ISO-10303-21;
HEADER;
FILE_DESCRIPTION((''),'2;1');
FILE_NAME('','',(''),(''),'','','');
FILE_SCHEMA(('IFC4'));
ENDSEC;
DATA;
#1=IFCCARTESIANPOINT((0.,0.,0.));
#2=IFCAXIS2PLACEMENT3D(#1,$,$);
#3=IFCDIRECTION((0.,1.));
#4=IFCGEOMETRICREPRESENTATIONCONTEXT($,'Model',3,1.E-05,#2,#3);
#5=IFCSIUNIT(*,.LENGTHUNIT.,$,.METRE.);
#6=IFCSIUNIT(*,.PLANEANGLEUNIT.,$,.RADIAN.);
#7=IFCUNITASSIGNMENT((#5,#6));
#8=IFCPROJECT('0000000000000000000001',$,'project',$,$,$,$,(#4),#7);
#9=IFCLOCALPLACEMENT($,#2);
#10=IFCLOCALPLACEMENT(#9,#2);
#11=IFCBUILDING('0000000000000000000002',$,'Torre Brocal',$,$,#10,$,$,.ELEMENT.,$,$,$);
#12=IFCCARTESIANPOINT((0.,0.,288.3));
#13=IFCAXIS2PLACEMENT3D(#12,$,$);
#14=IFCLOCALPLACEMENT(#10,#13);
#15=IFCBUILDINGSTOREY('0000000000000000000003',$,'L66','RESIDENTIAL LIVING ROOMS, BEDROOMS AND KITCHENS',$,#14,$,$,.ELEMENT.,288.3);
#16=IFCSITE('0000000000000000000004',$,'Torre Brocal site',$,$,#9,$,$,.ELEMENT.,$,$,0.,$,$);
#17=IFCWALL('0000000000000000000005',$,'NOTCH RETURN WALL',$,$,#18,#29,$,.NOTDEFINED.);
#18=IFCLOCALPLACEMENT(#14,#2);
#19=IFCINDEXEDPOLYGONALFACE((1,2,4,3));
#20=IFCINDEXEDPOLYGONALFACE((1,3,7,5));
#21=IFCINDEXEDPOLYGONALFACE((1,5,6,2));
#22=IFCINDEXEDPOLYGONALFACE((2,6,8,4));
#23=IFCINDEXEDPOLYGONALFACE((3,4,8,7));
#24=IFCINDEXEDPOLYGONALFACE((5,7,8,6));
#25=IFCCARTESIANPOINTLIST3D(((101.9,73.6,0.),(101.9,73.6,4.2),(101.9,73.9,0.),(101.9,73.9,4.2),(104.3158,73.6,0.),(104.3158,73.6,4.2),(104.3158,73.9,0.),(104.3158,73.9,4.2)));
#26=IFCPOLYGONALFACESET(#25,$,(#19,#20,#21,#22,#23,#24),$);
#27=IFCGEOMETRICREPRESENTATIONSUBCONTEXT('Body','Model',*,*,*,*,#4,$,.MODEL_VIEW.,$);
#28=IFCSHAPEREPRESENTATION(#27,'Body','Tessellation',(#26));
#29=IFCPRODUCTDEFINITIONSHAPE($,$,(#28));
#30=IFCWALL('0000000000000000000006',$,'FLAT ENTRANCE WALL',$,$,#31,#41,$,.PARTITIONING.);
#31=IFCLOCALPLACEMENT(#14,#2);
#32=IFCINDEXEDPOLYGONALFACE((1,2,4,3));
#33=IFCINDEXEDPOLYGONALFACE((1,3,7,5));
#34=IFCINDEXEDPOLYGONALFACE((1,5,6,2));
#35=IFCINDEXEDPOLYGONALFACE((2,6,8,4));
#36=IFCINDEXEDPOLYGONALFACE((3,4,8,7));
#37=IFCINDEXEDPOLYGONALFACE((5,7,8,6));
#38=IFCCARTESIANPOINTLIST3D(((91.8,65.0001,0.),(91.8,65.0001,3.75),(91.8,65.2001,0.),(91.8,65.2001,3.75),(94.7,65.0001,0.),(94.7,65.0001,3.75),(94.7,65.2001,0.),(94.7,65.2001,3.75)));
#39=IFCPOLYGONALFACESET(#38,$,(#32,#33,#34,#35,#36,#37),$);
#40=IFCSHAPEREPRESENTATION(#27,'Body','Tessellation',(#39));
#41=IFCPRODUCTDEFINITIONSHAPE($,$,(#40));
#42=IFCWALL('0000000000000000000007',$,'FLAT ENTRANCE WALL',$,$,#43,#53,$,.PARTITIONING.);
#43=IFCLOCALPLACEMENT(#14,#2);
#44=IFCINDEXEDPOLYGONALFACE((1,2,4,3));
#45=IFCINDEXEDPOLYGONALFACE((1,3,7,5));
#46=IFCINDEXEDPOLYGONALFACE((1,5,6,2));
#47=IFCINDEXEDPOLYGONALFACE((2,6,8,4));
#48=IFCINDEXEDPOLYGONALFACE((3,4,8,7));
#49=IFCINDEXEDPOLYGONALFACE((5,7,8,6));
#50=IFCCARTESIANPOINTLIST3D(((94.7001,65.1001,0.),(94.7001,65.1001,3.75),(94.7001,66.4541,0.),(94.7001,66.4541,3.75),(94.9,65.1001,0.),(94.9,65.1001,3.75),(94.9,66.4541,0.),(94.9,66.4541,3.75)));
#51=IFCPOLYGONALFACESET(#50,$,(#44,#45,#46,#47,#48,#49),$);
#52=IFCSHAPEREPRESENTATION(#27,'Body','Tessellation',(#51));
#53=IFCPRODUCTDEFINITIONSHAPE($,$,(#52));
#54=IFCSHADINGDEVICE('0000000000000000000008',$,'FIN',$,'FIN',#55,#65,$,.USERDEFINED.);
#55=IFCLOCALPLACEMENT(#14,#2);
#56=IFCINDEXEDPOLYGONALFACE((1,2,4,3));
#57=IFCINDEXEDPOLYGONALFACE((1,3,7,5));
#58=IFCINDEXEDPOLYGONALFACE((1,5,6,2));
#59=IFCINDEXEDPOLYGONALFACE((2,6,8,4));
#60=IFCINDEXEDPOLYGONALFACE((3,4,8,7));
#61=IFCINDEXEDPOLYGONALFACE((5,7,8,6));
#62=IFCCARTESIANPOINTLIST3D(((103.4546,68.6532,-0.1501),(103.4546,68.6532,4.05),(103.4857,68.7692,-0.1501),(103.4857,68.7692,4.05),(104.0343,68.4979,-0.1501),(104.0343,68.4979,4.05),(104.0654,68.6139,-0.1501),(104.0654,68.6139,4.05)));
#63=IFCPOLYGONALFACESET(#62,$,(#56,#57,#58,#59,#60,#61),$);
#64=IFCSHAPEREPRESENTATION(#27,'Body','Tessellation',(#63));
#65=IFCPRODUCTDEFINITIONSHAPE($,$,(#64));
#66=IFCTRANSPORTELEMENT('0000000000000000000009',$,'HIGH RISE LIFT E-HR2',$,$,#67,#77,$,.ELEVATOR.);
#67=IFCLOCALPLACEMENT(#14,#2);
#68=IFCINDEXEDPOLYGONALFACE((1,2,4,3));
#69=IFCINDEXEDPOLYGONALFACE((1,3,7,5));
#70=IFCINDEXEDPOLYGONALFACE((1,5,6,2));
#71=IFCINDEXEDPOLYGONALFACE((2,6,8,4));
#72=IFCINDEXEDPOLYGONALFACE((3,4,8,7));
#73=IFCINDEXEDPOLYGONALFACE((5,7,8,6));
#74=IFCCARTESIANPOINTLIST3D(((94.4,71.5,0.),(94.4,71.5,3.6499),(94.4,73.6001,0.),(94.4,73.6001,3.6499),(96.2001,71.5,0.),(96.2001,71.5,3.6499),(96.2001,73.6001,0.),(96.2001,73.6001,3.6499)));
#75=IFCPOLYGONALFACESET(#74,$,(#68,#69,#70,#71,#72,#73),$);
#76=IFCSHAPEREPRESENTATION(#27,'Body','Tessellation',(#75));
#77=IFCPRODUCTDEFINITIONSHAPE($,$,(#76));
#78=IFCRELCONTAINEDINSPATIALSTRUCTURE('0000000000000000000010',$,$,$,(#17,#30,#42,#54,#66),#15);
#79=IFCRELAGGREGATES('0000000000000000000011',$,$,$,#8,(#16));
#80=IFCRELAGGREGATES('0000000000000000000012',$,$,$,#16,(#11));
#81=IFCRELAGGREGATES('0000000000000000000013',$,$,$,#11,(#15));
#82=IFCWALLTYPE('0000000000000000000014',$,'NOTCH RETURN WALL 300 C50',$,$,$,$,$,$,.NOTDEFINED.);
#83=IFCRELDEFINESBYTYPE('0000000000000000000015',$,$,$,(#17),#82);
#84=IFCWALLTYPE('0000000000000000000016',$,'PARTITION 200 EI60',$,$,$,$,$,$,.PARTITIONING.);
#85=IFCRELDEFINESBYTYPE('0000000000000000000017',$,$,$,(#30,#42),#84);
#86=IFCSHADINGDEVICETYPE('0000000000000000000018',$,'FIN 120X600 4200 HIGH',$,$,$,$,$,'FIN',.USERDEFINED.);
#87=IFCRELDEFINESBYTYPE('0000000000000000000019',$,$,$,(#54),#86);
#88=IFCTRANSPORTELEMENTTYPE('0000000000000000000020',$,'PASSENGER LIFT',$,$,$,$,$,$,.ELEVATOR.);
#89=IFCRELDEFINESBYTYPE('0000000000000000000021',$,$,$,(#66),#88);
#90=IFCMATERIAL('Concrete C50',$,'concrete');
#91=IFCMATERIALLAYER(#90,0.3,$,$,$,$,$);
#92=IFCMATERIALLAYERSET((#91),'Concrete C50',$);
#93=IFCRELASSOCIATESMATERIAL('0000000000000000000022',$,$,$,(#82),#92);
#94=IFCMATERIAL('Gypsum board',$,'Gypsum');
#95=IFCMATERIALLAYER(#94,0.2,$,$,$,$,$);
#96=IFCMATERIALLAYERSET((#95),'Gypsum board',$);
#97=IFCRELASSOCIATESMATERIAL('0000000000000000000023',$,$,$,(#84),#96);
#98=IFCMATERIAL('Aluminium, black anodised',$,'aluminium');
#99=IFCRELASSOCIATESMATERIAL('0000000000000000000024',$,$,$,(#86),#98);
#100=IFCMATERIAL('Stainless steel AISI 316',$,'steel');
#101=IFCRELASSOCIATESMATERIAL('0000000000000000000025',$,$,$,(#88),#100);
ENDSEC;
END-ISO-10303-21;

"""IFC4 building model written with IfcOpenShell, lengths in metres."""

from ifc_helpers import new_model, si_unit, direction, frame, frame_2d, origin, origin_2d, place, context, subcontext, project, spatial, rectangle, extrude, material, layer, layer_set, material_profile, profile_set, type_object, element, save


model = new_model("IFC4")

# Units and contexts
model_context = context("Model", 3, precision=1e-05, world=origin(), true_north=direction((0.0, 1.0)))
body_context = subcontext(model_context, "Body", "Model", "MODEL_VIEW")
ifc_project = project(units=[si_unit("LENGTHUNIT", "METRE"), si_unit("PLANEANGLEUNIT", "RADIAN")], contexts=[model_context])

# Site, building, storey
site_placement = place(None, origin())
site = spatial("IfcSite", under=ifc_project, at=site_placement, Name="Torre Brocal site", CompositionType="ELEMENT", RefElevation=0.0)
building_placement = place(site_placement, origin())
building = spatial("IfcBuilding", under=site, at=building_placement, Name="Torre Brocal", CompositionType="ELEMENT")
storey_placement = place(building_placement, frame((0.0, 0.0, 288.3)))
storey = spatial("IfcBuildingStorey", under=building, at=storey_placement, Name="L66", Description="RESIDENTIAL LIVING ROOMS, BEDROOMS AND KITCHENS", CompositionType="ELEMENT", Elevation=288.3)

# Walls
ifc_material_1 = material(Name="Concrete C50", Category="concrete")
ifc_layer_1 = layer(ifc_material_1, 0.3)
ifc_layer_set_1 = layer_set([ifc_layer_1], Name="Concrete C50")
wall_type_1 = type_object("IfcWallType", Name="NOTCH RETURN WALL 300 C50", PredefinedType="NOTDEFINED", material=ifc_layer_set_1)
wall_1_placement = place(storey_placement, frame((101.8999, 73.75, 0.0), z_axis=(0.0, 0.0, 1.0), x_axis=(1.0, 0.0, 0.0)))
element("IfcWall", 1, at=wall_1_placement, inside=storey, type_object=wall_type_1, Name="NOTCH RETURN WALL", PredefinedType="NOTDEFINED", context=body_context, shape_type="SweptSolid", body=[
    extrude(rectangle(XDim=2.4158, YDim=0.3, at=frame_2d((1.208, 0.0))), origin(), (0.0, 0.0, 1.0), 4.2),
])
ifc_material_2 = material(Name="Gypsum board", Category="Gypsum")
ifc_layer_2 = layer(ifc_material_2, 0.2)
ifc_layer_set_2 = layer_set([ifc_layer_2], Name="Gypsum board")
wall_type_2 = type_object("IfcWallType", Name="PARTITION 200 EI60", PredefinedType="PARTITIONING", material=ifc_layer_set_2)
wall_2_placement = place(storey_placement, frame((91.8, 65.1001, 0.0), z_axis=(0.0, 0.0, 1.0), x_axis=(1.0, 0.0, 0.0)))
element("IfcWall", 2, at=wall_2_placement, inside=storey, type_object=wall_type_2, Name="FLAT ENTRANCE WALL", PredefinedType="PARTITIONING", context=body_context, shape_type="SweptSolid", body=[
    extrude(rectangle(XDim=2.8999, YDim=0.2, at=frame_2d((1.45, 0.0))), origin(), (0.0, 0.0, 1.0), 3.75),
])
wall_3_placement = place(storey_placement, frame((94.8, 65.1001, 0.0), z_axis=(0.0, 0.0, 1.0), x_axis=(0.0, 1.0, 0.0)))
element("IfcWall", 3, at=wall_3_placement, inside=storey, type_object=wall_type_2, Name="FLAT ENTRANCE WALL", PredefinedType="PARTITIONING", context=body_context, shape_type="SweptSolid", body=[
    extrude(rectangle(XDim=1.354, YDim=0.2, at=frame_2d((0.677, 0.0))), origin(), (0.0, 0.0, 1.0), 3.75),
])

# Shading device
ifc_material_3 = material(Name="Aluminium, black anodised", Category="aluminium")
ifc_material_profile_1 = material_profile(ifc_material_3, rectangle(XDim=0.1201, YDim=0.6001, at=origin_2d()), Name="FIN 120X600 4200 HIGH")
ifc_profile_set_1 = profile_set([ifc_material_profile_1], Name="Aluminium, black anodised")
shading_device_type = type_object("IfcShadingDeviceType", Name="FIN 120X600 4200 HIGH", ElementType="FIN", PredefinedType="USERDEFINED", material=ifc_profile_set_1)
shading_device_placement = place(storey_placement, frame((103.76, 68.6335, -0.1501), z_axis=(0.0, 0.0, 1.0), x_axis=(0.258819, 0.965926, 0.0)))
element("IfcShadingDevice", 4, at=shading_device_placement, inside=storey, type_object=shading_device_type, Name="FIN", ObjectType="FIN", PredefinedType="USERDEFINED", context=body_context, shape_type="SweptSolid", body=[
    extrude(rectangle(XDim=0.1201, YDim=0.6001, at=origin_2d()), origin(), (0.0, 0.0, 1.0), 4.2002),
])

# Transport element
ifc_material_4 = material(Name="Stainless steel AISI 316", Category="steel")
transport_element_type = type_object("IfcTransportElementType", Name="PASSENGER LIFT", PredefinedType="ELEVATOR", material=ifc_material_4)
transport_element_placement = place(storey_placement, frame((95.3, 72.55, 0.0), z_axis=(0.0, 0.0, 1.0), x_axis=(1.0, 0.0, 0.0)))
element("IfcTransportElement", 5, at=transport_element_placement, inside=storey, type_object=transport_element_type, Name="HIGH RISE LIFT E-HR2", PredefinedType="ELEVATOR", context=body_context, shape_type="SweptSolid", body=[
    extrude(rectangle(XDim=1.8, YDim=2.1001, at=origin_2d()), origin(), (0.0, 0.0, 1.0), 3.6499),
])

save(model, "model.ifc")
